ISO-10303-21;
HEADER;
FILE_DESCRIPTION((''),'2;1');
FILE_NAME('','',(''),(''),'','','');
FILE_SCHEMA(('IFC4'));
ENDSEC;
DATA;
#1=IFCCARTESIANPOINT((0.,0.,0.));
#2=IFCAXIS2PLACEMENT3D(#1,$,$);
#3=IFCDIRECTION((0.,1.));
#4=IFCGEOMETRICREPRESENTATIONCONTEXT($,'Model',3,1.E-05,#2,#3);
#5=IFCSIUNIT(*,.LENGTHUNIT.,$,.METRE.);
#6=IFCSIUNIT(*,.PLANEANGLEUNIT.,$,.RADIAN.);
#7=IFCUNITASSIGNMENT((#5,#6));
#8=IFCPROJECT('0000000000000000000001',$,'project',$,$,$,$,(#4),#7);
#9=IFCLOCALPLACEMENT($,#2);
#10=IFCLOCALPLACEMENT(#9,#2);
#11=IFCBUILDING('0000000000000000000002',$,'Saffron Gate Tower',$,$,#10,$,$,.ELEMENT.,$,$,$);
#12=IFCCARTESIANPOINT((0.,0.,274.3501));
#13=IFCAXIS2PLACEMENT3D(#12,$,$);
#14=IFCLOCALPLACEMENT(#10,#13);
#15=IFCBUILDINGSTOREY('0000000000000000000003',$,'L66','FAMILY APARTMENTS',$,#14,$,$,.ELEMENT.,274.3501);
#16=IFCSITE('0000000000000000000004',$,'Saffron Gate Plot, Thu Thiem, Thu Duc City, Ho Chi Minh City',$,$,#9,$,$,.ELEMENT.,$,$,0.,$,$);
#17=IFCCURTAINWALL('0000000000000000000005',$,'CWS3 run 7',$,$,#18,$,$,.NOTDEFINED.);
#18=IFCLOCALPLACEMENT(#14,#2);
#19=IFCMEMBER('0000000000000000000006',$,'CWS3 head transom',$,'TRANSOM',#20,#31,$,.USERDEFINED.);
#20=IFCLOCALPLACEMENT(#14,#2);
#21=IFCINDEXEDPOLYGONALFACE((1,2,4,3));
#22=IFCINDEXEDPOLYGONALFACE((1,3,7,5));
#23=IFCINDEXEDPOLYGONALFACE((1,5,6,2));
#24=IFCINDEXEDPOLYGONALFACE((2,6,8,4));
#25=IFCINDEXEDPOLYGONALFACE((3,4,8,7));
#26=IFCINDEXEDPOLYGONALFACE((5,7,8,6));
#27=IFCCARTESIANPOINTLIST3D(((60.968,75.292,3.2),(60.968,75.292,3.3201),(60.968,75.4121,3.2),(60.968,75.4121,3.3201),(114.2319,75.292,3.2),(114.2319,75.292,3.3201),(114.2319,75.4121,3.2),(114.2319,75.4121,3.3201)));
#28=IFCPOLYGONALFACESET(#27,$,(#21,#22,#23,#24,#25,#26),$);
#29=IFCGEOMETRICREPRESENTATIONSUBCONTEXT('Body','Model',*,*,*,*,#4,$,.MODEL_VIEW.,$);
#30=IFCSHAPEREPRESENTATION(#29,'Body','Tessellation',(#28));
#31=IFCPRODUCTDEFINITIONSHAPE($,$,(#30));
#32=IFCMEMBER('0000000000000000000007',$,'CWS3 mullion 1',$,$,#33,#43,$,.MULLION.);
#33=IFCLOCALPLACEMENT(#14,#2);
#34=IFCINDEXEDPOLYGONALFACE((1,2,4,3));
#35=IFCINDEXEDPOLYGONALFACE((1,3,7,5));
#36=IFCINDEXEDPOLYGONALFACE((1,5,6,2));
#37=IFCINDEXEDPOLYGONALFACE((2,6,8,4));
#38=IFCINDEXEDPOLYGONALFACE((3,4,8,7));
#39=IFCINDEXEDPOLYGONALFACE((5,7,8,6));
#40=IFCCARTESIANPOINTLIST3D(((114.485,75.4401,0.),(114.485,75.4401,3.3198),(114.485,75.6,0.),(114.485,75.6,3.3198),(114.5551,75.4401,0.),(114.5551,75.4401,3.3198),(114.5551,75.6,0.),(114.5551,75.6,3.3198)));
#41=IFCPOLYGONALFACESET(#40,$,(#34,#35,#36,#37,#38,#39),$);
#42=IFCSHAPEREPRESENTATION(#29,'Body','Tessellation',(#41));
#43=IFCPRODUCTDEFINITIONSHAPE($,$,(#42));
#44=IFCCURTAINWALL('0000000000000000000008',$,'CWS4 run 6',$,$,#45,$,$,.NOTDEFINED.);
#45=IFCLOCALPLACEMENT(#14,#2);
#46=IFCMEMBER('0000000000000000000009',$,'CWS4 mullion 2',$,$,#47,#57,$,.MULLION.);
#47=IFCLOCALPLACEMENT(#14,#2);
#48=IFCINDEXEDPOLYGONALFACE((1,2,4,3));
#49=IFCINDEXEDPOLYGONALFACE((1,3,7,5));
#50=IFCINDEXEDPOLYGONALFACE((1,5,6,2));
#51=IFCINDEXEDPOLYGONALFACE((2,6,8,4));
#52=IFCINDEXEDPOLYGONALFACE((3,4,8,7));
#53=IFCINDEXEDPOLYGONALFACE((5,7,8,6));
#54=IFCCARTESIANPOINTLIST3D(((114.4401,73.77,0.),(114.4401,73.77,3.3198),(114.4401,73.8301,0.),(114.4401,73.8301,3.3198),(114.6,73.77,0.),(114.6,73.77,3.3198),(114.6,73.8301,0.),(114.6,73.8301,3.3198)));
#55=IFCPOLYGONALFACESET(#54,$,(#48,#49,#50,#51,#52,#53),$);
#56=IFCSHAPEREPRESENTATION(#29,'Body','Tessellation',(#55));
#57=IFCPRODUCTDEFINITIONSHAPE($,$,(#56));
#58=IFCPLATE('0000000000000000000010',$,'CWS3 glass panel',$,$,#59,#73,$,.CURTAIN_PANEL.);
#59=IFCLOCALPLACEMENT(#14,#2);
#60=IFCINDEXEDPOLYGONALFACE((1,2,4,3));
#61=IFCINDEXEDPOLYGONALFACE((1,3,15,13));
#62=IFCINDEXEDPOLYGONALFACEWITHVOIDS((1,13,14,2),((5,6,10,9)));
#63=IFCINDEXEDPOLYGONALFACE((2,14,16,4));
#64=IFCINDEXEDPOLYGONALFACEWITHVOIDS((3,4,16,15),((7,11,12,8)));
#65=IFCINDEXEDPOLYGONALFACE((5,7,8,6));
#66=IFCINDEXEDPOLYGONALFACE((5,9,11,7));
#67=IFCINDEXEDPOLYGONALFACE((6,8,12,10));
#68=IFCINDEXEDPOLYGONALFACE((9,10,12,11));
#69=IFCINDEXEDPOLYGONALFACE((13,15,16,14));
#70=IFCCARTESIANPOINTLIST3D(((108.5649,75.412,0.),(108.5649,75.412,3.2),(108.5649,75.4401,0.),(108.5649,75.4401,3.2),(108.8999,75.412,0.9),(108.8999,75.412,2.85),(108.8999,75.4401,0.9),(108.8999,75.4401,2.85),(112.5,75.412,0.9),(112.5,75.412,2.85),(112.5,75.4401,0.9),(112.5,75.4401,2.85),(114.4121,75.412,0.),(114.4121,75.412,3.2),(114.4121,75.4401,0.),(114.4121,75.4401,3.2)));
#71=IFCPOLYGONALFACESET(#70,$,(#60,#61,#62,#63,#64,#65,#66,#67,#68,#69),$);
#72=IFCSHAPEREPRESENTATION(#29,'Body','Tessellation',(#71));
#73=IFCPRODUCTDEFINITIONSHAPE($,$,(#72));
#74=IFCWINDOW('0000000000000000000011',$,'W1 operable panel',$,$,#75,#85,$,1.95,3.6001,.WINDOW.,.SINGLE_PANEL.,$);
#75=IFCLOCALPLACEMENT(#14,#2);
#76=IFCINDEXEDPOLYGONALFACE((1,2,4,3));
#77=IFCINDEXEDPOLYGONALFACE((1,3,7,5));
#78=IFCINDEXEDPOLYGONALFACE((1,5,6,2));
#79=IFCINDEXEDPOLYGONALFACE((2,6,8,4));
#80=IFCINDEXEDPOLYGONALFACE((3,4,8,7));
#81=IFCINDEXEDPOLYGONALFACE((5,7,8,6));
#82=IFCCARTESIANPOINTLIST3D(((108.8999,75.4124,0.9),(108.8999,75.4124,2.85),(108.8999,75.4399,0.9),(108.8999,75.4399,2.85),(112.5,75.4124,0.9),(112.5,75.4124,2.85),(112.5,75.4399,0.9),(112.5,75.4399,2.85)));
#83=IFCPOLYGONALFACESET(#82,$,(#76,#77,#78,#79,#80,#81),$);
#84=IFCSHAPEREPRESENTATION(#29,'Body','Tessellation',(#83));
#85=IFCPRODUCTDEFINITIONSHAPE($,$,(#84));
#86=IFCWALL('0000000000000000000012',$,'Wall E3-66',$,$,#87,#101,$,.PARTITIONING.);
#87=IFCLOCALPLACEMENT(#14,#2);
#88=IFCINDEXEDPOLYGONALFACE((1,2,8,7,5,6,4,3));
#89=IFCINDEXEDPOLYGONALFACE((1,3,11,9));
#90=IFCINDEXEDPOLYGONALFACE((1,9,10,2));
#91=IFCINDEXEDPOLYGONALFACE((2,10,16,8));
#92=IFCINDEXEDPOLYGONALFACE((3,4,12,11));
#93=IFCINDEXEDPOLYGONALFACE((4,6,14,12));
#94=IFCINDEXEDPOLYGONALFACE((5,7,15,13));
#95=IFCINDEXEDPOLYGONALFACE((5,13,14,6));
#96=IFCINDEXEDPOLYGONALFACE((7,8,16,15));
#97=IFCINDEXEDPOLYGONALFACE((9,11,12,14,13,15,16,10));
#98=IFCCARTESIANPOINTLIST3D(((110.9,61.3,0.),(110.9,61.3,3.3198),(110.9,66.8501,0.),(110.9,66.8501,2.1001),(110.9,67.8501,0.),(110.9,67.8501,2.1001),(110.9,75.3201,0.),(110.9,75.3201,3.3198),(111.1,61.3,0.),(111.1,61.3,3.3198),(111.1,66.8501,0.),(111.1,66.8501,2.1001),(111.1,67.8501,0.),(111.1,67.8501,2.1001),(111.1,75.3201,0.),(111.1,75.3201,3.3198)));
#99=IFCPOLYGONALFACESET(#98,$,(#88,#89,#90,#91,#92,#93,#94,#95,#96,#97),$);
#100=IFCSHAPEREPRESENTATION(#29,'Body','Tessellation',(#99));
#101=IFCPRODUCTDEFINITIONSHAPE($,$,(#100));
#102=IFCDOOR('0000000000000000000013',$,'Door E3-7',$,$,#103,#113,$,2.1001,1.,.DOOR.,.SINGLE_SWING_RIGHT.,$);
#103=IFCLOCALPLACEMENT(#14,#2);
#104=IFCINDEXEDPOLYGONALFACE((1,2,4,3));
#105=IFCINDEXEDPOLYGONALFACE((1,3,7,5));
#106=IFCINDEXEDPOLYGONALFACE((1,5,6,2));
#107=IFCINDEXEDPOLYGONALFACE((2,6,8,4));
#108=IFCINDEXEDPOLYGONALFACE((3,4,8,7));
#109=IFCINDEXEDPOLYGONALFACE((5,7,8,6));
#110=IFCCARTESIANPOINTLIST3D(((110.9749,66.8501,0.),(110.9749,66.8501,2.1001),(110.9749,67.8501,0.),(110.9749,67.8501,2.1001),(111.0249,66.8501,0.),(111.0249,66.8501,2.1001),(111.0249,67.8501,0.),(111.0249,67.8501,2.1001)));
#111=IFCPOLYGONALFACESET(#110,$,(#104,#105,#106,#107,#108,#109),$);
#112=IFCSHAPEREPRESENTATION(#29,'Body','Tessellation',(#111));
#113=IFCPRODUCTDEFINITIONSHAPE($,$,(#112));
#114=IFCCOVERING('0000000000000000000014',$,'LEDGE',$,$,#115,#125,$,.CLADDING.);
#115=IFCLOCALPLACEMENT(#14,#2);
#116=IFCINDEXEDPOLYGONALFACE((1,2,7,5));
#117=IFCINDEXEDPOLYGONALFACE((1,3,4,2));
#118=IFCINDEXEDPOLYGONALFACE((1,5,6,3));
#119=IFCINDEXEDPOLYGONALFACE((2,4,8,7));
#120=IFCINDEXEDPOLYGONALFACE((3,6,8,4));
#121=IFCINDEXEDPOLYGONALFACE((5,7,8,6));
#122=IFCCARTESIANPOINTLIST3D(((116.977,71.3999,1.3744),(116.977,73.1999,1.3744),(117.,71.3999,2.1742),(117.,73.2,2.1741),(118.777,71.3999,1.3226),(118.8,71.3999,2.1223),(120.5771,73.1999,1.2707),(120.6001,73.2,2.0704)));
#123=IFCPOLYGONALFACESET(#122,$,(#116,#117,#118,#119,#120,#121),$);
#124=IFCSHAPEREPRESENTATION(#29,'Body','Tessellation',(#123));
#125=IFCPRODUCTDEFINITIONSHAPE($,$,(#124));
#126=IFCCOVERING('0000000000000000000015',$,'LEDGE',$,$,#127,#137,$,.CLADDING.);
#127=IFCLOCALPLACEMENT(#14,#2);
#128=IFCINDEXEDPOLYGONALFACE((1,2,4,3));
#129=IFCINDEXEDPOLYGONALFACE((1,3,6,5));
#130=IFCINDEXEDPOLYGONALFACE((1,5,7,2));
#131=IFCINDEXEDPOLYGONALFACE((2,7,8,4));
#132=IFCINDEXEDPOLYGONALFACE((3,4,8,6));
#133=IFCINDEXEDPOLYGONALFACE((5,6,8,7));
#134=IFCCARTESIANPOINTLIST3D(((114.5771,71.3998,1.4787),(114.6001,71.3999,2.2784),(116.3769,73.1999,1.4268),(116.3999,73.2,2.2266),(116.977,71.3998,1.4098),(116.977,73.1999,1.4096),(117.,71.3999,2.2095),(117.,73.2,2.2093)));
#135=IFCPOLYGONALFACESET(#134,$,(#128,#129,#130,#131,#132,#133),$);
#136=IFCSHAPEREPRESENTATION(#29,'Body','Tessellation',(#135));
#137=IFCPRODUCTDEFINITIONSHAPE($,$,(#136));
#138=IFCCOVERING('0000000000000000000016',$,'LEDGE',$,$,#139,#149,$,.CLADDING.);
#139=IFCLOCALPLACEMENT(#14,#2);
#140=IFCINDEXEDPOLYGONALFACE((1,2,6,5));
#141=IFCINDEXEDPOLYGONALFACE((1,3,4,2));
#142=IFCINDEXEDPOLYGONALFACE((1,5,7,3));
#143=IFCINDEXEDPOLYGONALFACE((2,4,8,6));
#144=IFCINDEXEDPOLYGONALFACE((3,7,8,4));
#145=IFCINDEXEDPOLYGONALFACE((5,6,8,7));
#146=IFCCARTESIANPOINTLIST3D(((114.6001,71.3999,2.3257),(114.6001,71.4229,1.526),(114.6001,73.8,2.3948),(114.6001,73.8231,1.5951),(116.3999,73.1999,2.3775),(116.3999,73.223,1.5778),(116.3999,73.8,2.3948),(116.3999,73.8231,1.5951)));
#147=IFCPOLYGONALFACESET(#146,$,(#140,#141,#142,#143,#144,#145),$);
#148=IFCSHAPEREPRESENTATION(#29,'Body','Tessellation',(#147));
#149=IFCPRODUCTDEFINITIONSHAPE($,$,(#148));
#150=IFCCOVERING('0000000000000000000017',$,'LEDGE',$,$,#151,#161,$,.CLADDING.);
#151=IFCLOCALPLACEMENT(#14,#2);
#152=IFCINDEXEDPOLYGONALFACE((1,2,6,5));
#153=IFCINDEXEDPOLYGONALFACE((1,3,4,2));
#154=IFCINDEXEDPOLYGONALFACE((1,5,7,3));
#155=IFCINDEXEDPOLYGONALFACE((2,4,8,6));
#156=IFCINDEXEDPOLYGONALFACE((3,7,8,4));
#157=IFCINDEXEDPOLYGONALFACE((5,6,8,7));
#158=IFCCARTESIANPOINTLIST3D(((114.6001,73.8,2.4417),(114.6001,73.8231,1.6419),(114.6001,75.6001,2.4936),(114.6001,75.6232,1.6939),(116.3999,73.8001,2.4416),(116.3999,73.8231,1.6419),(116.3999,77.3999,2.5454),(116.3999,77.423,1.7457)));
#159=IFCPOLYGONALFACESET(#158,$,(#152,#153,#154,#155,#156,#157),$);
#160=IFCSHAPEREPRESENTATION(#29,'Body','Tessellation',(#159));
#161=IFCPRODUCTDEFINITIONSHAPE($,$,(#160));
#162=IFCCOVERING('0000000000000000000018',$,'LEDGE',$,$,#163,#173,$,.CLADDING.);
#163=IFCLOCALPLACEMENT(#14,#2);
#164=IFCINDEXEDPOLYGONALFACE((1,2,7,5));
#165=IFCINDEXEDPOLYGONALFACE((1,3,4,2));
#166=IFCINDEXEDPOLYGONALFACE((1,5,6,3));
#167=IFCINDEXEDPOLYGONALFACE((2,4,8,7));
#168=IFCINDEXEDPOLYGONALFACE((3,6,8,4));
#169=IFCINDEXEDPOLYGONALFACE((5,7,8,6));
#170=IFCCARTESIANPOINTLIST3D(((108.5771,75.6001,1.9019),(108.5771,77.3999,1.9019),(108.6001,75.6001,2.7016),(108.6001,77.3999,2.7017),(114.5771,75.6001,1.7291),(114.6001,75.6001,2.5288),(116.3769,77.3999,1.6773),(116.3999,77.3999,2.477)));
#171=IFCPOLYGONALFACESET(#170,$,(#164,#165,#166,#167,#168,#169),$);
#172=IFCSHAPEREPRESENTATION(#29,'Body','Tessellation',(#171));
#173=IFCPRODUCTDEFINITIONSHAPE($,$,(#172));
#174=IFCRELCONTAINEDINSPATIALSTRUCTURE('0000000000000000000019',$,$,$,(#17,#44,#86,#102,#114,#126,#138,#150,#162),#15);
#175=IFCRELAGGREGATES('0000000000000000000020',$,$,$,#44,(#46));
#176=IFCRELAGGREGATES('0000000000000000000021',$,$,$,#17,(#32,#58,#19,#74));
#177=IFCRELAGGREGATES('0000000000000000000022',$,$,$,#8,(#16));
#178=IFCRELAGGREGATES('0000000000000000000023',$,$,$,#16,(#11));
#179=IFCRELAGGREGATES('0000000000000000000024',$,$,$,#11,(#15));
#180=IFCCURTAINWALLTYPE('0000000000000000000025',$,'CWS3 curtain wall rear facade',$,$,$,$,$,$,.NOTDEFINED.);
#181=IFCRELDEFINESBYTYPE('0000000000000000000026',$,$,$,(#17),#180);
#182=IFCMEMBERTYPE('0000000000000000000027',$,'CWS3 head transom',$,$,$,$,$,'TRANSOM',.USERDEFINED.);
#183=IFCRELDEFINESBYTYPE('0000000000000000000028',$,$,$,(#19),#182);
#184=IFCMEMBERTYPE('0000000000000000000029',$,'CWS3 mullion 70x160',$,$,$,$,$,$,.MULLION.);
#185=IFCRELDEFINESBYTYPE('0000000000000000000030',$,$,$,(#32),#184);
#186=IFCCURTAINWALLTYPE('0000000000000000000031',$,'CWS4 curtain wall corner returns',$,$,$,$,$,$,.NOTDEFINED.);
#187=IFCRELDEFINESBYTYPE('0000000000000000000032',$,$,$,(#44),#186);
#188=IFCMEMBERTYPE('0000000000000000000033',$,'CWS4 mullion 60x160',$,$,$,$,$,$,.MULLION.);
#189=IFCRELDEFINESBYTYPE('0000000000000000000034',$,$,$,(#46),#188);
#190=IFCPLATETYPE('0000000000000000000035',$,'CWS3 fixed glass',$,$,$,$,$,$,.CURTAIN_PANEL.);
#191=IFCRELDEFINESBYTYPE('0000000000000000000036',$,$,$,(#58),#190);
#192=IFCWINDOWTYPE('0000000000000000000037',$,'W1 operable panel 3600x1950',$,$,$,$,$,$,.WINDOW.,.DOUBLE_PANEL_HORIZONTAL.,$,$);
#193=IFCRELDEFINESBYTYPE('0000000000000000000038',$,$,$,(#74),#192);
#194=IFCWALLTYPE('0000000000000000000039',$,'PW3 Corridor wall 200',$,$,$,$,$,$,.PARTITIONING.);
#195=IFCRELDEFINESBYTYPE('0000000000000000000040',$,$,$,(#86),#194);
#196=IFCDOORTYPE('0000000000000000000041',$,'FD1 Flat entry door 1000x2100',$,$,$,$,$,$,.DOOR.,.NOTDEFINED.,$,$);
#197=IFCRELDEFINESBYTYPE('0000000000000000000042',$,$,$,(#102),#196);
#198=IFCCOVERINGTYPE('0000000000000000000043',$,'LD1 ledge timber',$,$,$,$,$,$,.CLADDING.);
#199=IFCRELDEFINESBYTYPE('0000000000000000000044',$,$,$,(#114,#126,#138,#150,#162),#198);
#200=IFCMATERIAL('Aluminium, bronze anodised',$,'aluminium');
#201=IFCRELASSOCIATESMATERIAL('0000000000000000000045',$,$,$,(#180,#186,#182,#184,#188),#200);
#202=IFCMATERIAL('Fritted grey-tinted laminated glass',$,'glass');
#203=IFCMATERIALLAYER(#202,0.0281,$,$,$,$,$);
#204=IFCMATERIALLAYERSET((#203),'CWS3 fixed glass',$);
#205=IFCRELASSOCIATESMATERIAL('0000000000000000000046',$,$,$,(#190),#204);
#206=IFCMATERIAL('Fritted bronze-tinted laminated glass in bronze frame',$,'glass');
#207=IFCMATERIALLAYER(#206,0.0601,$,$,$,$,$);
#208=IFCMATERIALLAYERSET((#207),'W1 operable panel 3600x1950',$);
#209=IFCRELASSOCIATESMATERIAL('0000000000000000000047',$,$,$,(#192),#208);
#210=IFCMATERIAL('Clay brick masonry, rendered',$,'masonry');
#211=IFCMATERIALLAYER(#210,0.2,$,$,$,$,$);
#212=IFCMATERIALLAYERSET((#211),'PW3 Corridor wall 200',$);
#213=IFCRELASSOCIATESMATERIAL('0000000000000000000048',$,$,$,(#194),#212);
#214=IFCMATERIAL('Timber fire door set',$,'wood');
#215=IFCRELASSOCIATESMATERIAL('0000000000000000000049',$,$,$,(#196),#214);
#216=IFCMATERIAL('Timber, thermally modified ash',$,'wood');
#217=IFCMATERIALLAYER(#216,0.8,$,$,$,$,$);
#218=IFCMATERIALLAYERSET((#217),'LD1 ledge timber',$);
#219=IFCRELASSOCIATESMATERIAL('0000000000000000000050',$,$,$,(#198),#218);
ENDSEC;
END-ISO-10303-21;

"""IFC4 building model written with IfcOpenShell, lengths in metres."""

from ifc_helpers import new_model, si_unit, direction, frame, frame_2d, origin, origin_2d, place, context, subcontext, project, spatial, polyline, rectangle, outline, extrude, material, layer, layer_set, material_profile, profile_set, type_object, element, fill, aggregate, save


model = new_model("IFC4")

# Units and contexts
model_context = context("Model", 3, precision=1e-05, world=origin(), true_north=direction((0.0, 1.0)))
body_context = subcontext(model_context, "Body", "Model", "MODEL_VIEW")
ifc_project = project(units=[si_unit("LENGTHUNIT", "METRE"), si_unit("PLANEANGLEUNIT", "RADIAN")], contexts=[model_context])

# Site, building, storey
site_placement = place(None, origin())
site = spatial("IfcSite", under=ifc_project, at=site_placement, Name="Saffron Gate Plot, Thu Thiem, Thu Duc City, Ho Chi Minh City", CompositionType="ELEMENT", RefElevation=0.0)
building_placement = place(site_placement, origin())
building = spatial("IfcBuilding", under=site, at=building_placement, Name="Saffron Gate Tower", CompositionType="ELEMENT")
storey_placement = place(building_placement, frame((0.0, 0.0, 274.3501)))
storey = spatial("IfcBuildingStorey", under=building, at=storey_placement, Name="L66", Description="FAMILY APARTMENTS", CompositionType="ELEMENT", Elevation=274.3501)

# Curtain wall, members
ifc_material_1 = material(Name="Aluminium, bronze anodised", Category="aluminium")
curtain_wall_type_1 = type_object("IfcCurtainWallType", Name="CWS3 curtain wall rear facade", PredefinedType="NOTDEFINED", material=ifc_material_1)
curtain_wall_1_placement = place(storey_placement, origin())
curtain_wall_1 = element("IfcCurtainWall", 1, at=curtain_wall_1_placement, inside=storey, type_object=curtain_wall_type_1, Name="CWS3 run 7", PredefinedType="NOTDEFINED")
ifc_material_profile_1 = material_profile(ifc_material_1, rectangle(XDim=0.1201, YDim=0.1201, at=origin_2d()))
ifc_profile_set_1 = profile_set([ifc_material_profile_1], Name="Aluminium, bronze anodised")
member_type_1 = type_object("IfcMemberType", Name="CWS3 head transom", ElementType="TRANSOM", PredefinedType="USERDEFINED", material=ifc_profile_set_1)
member_1_placement = place(storey_placement, frame((114.2319, 75.3521, 3.26), z_axis=(-1.0, 0.0, 0.0), x_axis=(0.0, -1.0, 0.0)))
member_1 = element("IfcMember", 2, at=member_1_placement, type_object=member_type_1, Name="CWS3 head transom", ObjectType="TRANSOM", PredefinedType="USERDEFINED", context=body_context, shape_type="SweptSolid", body=[
    extrude(rectangle(XDim=0.1201, YDim=0.1201, at=origin_2d()), origin(), (0.0, 0.0, 1.0), 53.2639),
])
ifc_material_profile_2 = material_profile(ifc_material_1, rectangle(XDim=0.1599, YDim=0.0701, at=origin_2d()))
ifc_profile_set_2 = profile_set([ifc_material_profile_2], Name="Aluminium, bronze anodised")
member_type_2 = type_object("IfcMemberType", Name="CWS3 mullion 70x160", PredefinedType="MULLION", material=ifc_profile_set_2)
member_2_placement = place(storey_placement, frame((114.52, 75.52, 0.0), z_axis=(0.0, 0.0, 1.0), x_axis=(0.0, -1.0, 0.0)))
member_2 = element("IfcMember", 3, at=member_2_placement, type_object=member_type_2, Name="CWS3 mullion 1", PredefinedType="MULLION", context=body_context, shape_type="SweptSolid", body=[
    extrude(rectangle(XDim=0.1599, YDim=0.0701, at=origin_2d()), origin(), (0.0, 0.0, 1.0), 3.3198),
])

# Curtain wall, member
curtain_wall_type_2 = type_object("IfcCurtainWallType", Name="CWS4 curtain wall corner returns", PredefinedType="NOTDEFINED", material=ifc_material_1)
curtain_wall_2_placement = place(storey_placement, origin())
curtain_wall_2 = element("IfcCurtainWall", 4, at=curtain_wall_2_placement, inside=storey, type_object=curtain_wall_type_2, Name="CWS4 run 6", PredefinedType="NOTDEFINED")
ifc_material_profile_3 = material_profile(ifc_material_1, rectangle(XDim=0.1599, YDim=0.0601, at=origin_2d()))
ifc_profile_set_3 = profile_set([ifc_material_profile_3], Name="Aluminium, bronze anodised")
member_type_3 = type_object("IfcMemberType", Name="CWS4 mullion 60x160", PredefinedType="MULLION", material=ifc_profile_set_3)
member_3_placement = place(storey_placement, frame((114.52, 73.8, 0.0), z_axis=(0.0, 0.0, 1.0), x_axis=(-1.0, 0.0, 0.0)))
member_3 = element("IfcMember", 5, at=member_3_placement, type_object=member_type_3, Name="CWS4 mullion 2", PredefinedType="MULLION", context=body_context, shape_type="SweptSolid", body=[
    extrude(rectangle(XDim=0.1599, YDim=0.0601, at=origin_2d()), origin(), (0.0, 0.0, 1.0), 3.3198),
])
aggregate(curtain_wall_2, [member_3])

# Plate, opening, window
ifc_material_2 = material(Name="Fritted grey-tinted laminated glass", Category="glass")
ifc_layer_1 = layer(ifc_material_2, 0.0281)
ifc_layer_set_1 = layer_set([ifc_layer_1], Name="CWS3 fixed glass")
plate_type = type_object("IfcPlateType", Name="CWS3 fixed glass", PredefinedType="CURTAIN_PANEL", material=ifc_layer_set_1)
plate_placement = place(storey_placement, frame((114.4121, 75.426, 0.0), z_axis=(0.0, 0.0, 1.0), x_axis=(-1.0, 0.0, 0.0)))
plate = element("IfcPlate", 6, at=plate_placement, type_object=plate_type, Name="CWS3 glass panel", PredefinedType="CURTAIN_PANEL", context=body_context, shape_type="SweptSolid", body=[
    extrude(rectangle(XDim=5.8472, YDim=0.0281, at=frame_2d((2.9236, 0.0))), origin(), (0.0, 0.0, 1.0), 3.2),
])
opening_1_placement = place(plate_placement, frame((1.9121, 0.0, 0.8999)))
opening_1 = element("IfcOpeningElement", 7, at=opening_1_placement, cuts=plate, PredefinedType="OPENING", context=body_context, shape_type="SweptSolid", body=[
    extrude(rectangle(XDim=3.6001, YDim=1.95, at=frame_2d((1.8, 0.9751))), frame((0.0, 0.0239, 0.0), z_axis=(0.0, -1.0, 0.0), x_axis=(1.0, 0.0, 0.0)), (0.0, 0.0, 1.0), 0.0481),
])
ifc_material_3 = material(Name="Fritted bronze-tinted laminated glass in bronze frame", Category="glass")
ifc_layer_2 = layer(ifc_material_3, 0.0601)
ifc_layer_set_2 = layer_set([ifc_layer_2], Name="W1 operable panel 3600x1950")
window_type = type_object("IfcWindowType", Name="W1 operable panel 3600x1950", PartitioningType="DOUBLE_PANEL_HORIZONTAL", PredefinedType="WINDOW", material=ifc_layer_set_2)
window_placement = place(opening_1_placement, origin())
window = element("IfcWindow", 8, at=window_placement, type_object=window_type, Name="W1 operable panel", OverallHeight=1.95, OverallWidth=3.6001, PartitioningType="SINGLE_PANEL", PredefinedType="WINDOW", context=body_context, shape_type="SweptSolid", body=[
    extrude(rectangle(XDim=3.6001, YDim=1.95, at=frame_2d((1.8, 0.9751))), frame((0.0, 0.0137, 0.0), z_axis=(0.0, -1.0, 0.0), x_axis=(1.0, 0.0, 0.0)), (0.0, 0.0, 1.0), 0.0276),
])
fill(opening_1, window)
aggregate(curtain_wall_1, [member_2, plate, member_1, window])

# Wall, opening, door
ifc_material_4 = material(Name="Clay brick masonry, rendered", Category="masonry")
ifc_layer_3 = layer(ifc_material_4, 0.2)
ifc_layer_set_3 = layer_set([ifc_layer_3], Name="PW3 Corridor wall 200")
wall_type = type_object("IfcWallType", Name="PW3 Corridor wall 200", PredefinedType="PARTITIONING", material=ifc_layer_set_3)
wall_placement = place(storey_placement, frame((111.0, 75.3201, 0.0), z_axis=(0.0, 0.0, 1.0), x_axis=(0.0, -1.0, 0.0)))
wall = element("IfcWall", 9, at=wall_placement, inside=storey, type_object=wall_type, Name="Wall E3-66", PredefinedType="PARTITIONING", context=body_context, shape_type="SweptSolid", body=[
    extrude(rectangle(XDim=14.02, YDim=0.2, at=frame_2d((7.01, 0.0))), origin(), (0.0, 0.0, 1.0), 3.3198),
])
opening_2_placement = place(wall_placement, frame((7.47, 0.0, 0.0)))
opening_2 = element("IfcOpeningElement", 10, at=opening_2_placement, cuts=wall, PredefinedType="OPENING", context=body_context, shape_type="SweptSolid", body=[
    extrude(rectangle(XDim=1.0, YDim=2.1001, at=frame_2d((0.5, 1.05))), frame((0.0, 0.1099, 0.0), z_axis=(0.0, -1.0, 0.0), x_axis=(1.0, 0.0, 0.0)), (0.0, 0.0, 1.0), 0.22),
])
ifc_material_5 = material(Name="Timber fire door set", Category="wood")
door_type = type_object("IfcDoorType", Name="FD1 Flat entry door 1000x2100", OperationType="NOTDEFINED", PredefinedType="DOOR", material=ifc_material_5)
door_placement = place(opening_2_placement, origin())
door = element("IfcDoor", 11, at=door_placement, inside=storey, type_object=door_type, Name="Door E3-7", OperationType="SINGLE_SWING_RIGHT", OverallHeight=2.1001, OverallWidth=1.0, PredefinedType="DOOR", context=body_context, shape_type="SweptSolid", body=[
    extrude(rectangle(XDim=1.0, YDim=2.1001, at=frame_2d((0.5, 1.05))), frame((0.0, 0.0249, 0.0), z_axis=(0.0, -1.0, 0.0), x_axis=(1.0, 0.0, 0.0)), (0.0, 0.0, 1.0), 0.05),
])
fill(opening_2, door)

# Coverings
ifc_material_6 = material(Name="Timber, thermally modified ash", Category="wood")
ifc_layer_4 = layer(ifc_material_6, 0.8)
ifc_layer_set_4 = layer_set([ifc_layer_4], Name="LD1 ledge timber")
covering_type_1 = type_object("IfcCoveringType", Name="LD1 ledge timber", PredefinedType="CLADDING", material=ifc_layer_set_4)
covering_1_placement = place(storey_placement, frame((118.8, 71.3999, 2.1223), z_axis=(0.028787, 0.000045, 0.999586), x_axis=(-0.999586, 0.0, 0.028787)))
element("IfcCovering", 12, at=covering_1_placement, inside=storey, type_object=covering_type_1, Name="LEDGE", PredefinedType="CLADDING", context=body_context, shape_type="SweptSolid", body=[
    extrude(outline(polyline([(0.0, 0.0), (1.8008, 0.0), (1.8008, -1.8), (-1.8008, -1.8), (0.0, 0.0)])), origin(), (0.0, 0.0, -1.0), 0.8),
])
covering_2_placement = place(storey_placement, frame((117.0, 71.3999, 2.2095), z_axis=(0.028715, 0.000083, 0.999588), x_axis=(-0.999588, 0.0, 0.028715)))
element("IfcCovering", 13, at=covering_2_placement, inside=storey, type_object=covering_type_1, Name="LEDGE", PredefinedType="CLADDING", context=body_context, shape_type="SweptSolid", body=[
    extrude(outline(polyline([(0.0, 0.0), (2.4009, 0.0), (0.6003, -1.8), (0.0, -1.8), (0.0, 0.0)])), origin(), (0.0, 0.0, -1.0), 0.8),
])
covering_3_placement = place(storey_placement, frame((114.6001, 71.3999, 2.3257), z_axis=(0.000026, -0.028794, 0.999585), x_axis=(0.0, 0.999585, 0.028794)))
element("IfcCovering", 14, at=covering_3_placement, inside=storey, type_object=covering_type_1, Name="LEDGE", PredefinedType="CLADDING", context=body_context, shape_type="SweptSolid", body=[
    extrude(outline(polyline([(0.0, 0.0), (2.4011, 0.0), (2.4011, -1.7998), (1.8008, -1.7998), (0.0, 0.0)])), origin(), (0.0, 0.0, -1.0), 0.8),
])
covering_4_placement = place(storey_placement, frame((114.6001, 73.8, 2.4417), z_axis=(0.000044, -0.028833, 0.999584), x_axis=(0.0, 0.999584, 0.028833)))
element("IfcCovering", 15, at=covering_4_placement, inside=storey, type_object=covering_type_1, Name="LEDGE", PredefinedType="CLADDING", context=body_context, shape_type="SweptSolid", body=[
    extrude(outline(polyline([(0.0, 0.0), (1.8008, 0.0), (3.6013, -1.7998), (0.0, -1.7998), (0.0, 0.0)])), origin(), (0.0, 0.0, -1.0), 0.8),
])
covering_5_placement = place(storey_placement, frame((114.6001, 75.6001, 2.5288), z_axis=(0.02879, -0.000022, 0.999585), x_axis=(-0.999585, 0.0, 0.02879)))
element("IfcCovering", 16, at=covering_5_placement, inside=storey, type_object=covering_type_1, Name="LEDGE", PredefinedType="CLADDING", context=body_context, shape_type="SweptSolid", body=[
    extrude(outline(polyline([(0.0, 0.0), (6.0025, 0.0), (6.0025, -1.7998), (-1.8005, -1.7998), (0.0, 0.0)])), origin(), (0.0, 0.0, -1.0), 0.8),
])

save(model, "model.ifc")
